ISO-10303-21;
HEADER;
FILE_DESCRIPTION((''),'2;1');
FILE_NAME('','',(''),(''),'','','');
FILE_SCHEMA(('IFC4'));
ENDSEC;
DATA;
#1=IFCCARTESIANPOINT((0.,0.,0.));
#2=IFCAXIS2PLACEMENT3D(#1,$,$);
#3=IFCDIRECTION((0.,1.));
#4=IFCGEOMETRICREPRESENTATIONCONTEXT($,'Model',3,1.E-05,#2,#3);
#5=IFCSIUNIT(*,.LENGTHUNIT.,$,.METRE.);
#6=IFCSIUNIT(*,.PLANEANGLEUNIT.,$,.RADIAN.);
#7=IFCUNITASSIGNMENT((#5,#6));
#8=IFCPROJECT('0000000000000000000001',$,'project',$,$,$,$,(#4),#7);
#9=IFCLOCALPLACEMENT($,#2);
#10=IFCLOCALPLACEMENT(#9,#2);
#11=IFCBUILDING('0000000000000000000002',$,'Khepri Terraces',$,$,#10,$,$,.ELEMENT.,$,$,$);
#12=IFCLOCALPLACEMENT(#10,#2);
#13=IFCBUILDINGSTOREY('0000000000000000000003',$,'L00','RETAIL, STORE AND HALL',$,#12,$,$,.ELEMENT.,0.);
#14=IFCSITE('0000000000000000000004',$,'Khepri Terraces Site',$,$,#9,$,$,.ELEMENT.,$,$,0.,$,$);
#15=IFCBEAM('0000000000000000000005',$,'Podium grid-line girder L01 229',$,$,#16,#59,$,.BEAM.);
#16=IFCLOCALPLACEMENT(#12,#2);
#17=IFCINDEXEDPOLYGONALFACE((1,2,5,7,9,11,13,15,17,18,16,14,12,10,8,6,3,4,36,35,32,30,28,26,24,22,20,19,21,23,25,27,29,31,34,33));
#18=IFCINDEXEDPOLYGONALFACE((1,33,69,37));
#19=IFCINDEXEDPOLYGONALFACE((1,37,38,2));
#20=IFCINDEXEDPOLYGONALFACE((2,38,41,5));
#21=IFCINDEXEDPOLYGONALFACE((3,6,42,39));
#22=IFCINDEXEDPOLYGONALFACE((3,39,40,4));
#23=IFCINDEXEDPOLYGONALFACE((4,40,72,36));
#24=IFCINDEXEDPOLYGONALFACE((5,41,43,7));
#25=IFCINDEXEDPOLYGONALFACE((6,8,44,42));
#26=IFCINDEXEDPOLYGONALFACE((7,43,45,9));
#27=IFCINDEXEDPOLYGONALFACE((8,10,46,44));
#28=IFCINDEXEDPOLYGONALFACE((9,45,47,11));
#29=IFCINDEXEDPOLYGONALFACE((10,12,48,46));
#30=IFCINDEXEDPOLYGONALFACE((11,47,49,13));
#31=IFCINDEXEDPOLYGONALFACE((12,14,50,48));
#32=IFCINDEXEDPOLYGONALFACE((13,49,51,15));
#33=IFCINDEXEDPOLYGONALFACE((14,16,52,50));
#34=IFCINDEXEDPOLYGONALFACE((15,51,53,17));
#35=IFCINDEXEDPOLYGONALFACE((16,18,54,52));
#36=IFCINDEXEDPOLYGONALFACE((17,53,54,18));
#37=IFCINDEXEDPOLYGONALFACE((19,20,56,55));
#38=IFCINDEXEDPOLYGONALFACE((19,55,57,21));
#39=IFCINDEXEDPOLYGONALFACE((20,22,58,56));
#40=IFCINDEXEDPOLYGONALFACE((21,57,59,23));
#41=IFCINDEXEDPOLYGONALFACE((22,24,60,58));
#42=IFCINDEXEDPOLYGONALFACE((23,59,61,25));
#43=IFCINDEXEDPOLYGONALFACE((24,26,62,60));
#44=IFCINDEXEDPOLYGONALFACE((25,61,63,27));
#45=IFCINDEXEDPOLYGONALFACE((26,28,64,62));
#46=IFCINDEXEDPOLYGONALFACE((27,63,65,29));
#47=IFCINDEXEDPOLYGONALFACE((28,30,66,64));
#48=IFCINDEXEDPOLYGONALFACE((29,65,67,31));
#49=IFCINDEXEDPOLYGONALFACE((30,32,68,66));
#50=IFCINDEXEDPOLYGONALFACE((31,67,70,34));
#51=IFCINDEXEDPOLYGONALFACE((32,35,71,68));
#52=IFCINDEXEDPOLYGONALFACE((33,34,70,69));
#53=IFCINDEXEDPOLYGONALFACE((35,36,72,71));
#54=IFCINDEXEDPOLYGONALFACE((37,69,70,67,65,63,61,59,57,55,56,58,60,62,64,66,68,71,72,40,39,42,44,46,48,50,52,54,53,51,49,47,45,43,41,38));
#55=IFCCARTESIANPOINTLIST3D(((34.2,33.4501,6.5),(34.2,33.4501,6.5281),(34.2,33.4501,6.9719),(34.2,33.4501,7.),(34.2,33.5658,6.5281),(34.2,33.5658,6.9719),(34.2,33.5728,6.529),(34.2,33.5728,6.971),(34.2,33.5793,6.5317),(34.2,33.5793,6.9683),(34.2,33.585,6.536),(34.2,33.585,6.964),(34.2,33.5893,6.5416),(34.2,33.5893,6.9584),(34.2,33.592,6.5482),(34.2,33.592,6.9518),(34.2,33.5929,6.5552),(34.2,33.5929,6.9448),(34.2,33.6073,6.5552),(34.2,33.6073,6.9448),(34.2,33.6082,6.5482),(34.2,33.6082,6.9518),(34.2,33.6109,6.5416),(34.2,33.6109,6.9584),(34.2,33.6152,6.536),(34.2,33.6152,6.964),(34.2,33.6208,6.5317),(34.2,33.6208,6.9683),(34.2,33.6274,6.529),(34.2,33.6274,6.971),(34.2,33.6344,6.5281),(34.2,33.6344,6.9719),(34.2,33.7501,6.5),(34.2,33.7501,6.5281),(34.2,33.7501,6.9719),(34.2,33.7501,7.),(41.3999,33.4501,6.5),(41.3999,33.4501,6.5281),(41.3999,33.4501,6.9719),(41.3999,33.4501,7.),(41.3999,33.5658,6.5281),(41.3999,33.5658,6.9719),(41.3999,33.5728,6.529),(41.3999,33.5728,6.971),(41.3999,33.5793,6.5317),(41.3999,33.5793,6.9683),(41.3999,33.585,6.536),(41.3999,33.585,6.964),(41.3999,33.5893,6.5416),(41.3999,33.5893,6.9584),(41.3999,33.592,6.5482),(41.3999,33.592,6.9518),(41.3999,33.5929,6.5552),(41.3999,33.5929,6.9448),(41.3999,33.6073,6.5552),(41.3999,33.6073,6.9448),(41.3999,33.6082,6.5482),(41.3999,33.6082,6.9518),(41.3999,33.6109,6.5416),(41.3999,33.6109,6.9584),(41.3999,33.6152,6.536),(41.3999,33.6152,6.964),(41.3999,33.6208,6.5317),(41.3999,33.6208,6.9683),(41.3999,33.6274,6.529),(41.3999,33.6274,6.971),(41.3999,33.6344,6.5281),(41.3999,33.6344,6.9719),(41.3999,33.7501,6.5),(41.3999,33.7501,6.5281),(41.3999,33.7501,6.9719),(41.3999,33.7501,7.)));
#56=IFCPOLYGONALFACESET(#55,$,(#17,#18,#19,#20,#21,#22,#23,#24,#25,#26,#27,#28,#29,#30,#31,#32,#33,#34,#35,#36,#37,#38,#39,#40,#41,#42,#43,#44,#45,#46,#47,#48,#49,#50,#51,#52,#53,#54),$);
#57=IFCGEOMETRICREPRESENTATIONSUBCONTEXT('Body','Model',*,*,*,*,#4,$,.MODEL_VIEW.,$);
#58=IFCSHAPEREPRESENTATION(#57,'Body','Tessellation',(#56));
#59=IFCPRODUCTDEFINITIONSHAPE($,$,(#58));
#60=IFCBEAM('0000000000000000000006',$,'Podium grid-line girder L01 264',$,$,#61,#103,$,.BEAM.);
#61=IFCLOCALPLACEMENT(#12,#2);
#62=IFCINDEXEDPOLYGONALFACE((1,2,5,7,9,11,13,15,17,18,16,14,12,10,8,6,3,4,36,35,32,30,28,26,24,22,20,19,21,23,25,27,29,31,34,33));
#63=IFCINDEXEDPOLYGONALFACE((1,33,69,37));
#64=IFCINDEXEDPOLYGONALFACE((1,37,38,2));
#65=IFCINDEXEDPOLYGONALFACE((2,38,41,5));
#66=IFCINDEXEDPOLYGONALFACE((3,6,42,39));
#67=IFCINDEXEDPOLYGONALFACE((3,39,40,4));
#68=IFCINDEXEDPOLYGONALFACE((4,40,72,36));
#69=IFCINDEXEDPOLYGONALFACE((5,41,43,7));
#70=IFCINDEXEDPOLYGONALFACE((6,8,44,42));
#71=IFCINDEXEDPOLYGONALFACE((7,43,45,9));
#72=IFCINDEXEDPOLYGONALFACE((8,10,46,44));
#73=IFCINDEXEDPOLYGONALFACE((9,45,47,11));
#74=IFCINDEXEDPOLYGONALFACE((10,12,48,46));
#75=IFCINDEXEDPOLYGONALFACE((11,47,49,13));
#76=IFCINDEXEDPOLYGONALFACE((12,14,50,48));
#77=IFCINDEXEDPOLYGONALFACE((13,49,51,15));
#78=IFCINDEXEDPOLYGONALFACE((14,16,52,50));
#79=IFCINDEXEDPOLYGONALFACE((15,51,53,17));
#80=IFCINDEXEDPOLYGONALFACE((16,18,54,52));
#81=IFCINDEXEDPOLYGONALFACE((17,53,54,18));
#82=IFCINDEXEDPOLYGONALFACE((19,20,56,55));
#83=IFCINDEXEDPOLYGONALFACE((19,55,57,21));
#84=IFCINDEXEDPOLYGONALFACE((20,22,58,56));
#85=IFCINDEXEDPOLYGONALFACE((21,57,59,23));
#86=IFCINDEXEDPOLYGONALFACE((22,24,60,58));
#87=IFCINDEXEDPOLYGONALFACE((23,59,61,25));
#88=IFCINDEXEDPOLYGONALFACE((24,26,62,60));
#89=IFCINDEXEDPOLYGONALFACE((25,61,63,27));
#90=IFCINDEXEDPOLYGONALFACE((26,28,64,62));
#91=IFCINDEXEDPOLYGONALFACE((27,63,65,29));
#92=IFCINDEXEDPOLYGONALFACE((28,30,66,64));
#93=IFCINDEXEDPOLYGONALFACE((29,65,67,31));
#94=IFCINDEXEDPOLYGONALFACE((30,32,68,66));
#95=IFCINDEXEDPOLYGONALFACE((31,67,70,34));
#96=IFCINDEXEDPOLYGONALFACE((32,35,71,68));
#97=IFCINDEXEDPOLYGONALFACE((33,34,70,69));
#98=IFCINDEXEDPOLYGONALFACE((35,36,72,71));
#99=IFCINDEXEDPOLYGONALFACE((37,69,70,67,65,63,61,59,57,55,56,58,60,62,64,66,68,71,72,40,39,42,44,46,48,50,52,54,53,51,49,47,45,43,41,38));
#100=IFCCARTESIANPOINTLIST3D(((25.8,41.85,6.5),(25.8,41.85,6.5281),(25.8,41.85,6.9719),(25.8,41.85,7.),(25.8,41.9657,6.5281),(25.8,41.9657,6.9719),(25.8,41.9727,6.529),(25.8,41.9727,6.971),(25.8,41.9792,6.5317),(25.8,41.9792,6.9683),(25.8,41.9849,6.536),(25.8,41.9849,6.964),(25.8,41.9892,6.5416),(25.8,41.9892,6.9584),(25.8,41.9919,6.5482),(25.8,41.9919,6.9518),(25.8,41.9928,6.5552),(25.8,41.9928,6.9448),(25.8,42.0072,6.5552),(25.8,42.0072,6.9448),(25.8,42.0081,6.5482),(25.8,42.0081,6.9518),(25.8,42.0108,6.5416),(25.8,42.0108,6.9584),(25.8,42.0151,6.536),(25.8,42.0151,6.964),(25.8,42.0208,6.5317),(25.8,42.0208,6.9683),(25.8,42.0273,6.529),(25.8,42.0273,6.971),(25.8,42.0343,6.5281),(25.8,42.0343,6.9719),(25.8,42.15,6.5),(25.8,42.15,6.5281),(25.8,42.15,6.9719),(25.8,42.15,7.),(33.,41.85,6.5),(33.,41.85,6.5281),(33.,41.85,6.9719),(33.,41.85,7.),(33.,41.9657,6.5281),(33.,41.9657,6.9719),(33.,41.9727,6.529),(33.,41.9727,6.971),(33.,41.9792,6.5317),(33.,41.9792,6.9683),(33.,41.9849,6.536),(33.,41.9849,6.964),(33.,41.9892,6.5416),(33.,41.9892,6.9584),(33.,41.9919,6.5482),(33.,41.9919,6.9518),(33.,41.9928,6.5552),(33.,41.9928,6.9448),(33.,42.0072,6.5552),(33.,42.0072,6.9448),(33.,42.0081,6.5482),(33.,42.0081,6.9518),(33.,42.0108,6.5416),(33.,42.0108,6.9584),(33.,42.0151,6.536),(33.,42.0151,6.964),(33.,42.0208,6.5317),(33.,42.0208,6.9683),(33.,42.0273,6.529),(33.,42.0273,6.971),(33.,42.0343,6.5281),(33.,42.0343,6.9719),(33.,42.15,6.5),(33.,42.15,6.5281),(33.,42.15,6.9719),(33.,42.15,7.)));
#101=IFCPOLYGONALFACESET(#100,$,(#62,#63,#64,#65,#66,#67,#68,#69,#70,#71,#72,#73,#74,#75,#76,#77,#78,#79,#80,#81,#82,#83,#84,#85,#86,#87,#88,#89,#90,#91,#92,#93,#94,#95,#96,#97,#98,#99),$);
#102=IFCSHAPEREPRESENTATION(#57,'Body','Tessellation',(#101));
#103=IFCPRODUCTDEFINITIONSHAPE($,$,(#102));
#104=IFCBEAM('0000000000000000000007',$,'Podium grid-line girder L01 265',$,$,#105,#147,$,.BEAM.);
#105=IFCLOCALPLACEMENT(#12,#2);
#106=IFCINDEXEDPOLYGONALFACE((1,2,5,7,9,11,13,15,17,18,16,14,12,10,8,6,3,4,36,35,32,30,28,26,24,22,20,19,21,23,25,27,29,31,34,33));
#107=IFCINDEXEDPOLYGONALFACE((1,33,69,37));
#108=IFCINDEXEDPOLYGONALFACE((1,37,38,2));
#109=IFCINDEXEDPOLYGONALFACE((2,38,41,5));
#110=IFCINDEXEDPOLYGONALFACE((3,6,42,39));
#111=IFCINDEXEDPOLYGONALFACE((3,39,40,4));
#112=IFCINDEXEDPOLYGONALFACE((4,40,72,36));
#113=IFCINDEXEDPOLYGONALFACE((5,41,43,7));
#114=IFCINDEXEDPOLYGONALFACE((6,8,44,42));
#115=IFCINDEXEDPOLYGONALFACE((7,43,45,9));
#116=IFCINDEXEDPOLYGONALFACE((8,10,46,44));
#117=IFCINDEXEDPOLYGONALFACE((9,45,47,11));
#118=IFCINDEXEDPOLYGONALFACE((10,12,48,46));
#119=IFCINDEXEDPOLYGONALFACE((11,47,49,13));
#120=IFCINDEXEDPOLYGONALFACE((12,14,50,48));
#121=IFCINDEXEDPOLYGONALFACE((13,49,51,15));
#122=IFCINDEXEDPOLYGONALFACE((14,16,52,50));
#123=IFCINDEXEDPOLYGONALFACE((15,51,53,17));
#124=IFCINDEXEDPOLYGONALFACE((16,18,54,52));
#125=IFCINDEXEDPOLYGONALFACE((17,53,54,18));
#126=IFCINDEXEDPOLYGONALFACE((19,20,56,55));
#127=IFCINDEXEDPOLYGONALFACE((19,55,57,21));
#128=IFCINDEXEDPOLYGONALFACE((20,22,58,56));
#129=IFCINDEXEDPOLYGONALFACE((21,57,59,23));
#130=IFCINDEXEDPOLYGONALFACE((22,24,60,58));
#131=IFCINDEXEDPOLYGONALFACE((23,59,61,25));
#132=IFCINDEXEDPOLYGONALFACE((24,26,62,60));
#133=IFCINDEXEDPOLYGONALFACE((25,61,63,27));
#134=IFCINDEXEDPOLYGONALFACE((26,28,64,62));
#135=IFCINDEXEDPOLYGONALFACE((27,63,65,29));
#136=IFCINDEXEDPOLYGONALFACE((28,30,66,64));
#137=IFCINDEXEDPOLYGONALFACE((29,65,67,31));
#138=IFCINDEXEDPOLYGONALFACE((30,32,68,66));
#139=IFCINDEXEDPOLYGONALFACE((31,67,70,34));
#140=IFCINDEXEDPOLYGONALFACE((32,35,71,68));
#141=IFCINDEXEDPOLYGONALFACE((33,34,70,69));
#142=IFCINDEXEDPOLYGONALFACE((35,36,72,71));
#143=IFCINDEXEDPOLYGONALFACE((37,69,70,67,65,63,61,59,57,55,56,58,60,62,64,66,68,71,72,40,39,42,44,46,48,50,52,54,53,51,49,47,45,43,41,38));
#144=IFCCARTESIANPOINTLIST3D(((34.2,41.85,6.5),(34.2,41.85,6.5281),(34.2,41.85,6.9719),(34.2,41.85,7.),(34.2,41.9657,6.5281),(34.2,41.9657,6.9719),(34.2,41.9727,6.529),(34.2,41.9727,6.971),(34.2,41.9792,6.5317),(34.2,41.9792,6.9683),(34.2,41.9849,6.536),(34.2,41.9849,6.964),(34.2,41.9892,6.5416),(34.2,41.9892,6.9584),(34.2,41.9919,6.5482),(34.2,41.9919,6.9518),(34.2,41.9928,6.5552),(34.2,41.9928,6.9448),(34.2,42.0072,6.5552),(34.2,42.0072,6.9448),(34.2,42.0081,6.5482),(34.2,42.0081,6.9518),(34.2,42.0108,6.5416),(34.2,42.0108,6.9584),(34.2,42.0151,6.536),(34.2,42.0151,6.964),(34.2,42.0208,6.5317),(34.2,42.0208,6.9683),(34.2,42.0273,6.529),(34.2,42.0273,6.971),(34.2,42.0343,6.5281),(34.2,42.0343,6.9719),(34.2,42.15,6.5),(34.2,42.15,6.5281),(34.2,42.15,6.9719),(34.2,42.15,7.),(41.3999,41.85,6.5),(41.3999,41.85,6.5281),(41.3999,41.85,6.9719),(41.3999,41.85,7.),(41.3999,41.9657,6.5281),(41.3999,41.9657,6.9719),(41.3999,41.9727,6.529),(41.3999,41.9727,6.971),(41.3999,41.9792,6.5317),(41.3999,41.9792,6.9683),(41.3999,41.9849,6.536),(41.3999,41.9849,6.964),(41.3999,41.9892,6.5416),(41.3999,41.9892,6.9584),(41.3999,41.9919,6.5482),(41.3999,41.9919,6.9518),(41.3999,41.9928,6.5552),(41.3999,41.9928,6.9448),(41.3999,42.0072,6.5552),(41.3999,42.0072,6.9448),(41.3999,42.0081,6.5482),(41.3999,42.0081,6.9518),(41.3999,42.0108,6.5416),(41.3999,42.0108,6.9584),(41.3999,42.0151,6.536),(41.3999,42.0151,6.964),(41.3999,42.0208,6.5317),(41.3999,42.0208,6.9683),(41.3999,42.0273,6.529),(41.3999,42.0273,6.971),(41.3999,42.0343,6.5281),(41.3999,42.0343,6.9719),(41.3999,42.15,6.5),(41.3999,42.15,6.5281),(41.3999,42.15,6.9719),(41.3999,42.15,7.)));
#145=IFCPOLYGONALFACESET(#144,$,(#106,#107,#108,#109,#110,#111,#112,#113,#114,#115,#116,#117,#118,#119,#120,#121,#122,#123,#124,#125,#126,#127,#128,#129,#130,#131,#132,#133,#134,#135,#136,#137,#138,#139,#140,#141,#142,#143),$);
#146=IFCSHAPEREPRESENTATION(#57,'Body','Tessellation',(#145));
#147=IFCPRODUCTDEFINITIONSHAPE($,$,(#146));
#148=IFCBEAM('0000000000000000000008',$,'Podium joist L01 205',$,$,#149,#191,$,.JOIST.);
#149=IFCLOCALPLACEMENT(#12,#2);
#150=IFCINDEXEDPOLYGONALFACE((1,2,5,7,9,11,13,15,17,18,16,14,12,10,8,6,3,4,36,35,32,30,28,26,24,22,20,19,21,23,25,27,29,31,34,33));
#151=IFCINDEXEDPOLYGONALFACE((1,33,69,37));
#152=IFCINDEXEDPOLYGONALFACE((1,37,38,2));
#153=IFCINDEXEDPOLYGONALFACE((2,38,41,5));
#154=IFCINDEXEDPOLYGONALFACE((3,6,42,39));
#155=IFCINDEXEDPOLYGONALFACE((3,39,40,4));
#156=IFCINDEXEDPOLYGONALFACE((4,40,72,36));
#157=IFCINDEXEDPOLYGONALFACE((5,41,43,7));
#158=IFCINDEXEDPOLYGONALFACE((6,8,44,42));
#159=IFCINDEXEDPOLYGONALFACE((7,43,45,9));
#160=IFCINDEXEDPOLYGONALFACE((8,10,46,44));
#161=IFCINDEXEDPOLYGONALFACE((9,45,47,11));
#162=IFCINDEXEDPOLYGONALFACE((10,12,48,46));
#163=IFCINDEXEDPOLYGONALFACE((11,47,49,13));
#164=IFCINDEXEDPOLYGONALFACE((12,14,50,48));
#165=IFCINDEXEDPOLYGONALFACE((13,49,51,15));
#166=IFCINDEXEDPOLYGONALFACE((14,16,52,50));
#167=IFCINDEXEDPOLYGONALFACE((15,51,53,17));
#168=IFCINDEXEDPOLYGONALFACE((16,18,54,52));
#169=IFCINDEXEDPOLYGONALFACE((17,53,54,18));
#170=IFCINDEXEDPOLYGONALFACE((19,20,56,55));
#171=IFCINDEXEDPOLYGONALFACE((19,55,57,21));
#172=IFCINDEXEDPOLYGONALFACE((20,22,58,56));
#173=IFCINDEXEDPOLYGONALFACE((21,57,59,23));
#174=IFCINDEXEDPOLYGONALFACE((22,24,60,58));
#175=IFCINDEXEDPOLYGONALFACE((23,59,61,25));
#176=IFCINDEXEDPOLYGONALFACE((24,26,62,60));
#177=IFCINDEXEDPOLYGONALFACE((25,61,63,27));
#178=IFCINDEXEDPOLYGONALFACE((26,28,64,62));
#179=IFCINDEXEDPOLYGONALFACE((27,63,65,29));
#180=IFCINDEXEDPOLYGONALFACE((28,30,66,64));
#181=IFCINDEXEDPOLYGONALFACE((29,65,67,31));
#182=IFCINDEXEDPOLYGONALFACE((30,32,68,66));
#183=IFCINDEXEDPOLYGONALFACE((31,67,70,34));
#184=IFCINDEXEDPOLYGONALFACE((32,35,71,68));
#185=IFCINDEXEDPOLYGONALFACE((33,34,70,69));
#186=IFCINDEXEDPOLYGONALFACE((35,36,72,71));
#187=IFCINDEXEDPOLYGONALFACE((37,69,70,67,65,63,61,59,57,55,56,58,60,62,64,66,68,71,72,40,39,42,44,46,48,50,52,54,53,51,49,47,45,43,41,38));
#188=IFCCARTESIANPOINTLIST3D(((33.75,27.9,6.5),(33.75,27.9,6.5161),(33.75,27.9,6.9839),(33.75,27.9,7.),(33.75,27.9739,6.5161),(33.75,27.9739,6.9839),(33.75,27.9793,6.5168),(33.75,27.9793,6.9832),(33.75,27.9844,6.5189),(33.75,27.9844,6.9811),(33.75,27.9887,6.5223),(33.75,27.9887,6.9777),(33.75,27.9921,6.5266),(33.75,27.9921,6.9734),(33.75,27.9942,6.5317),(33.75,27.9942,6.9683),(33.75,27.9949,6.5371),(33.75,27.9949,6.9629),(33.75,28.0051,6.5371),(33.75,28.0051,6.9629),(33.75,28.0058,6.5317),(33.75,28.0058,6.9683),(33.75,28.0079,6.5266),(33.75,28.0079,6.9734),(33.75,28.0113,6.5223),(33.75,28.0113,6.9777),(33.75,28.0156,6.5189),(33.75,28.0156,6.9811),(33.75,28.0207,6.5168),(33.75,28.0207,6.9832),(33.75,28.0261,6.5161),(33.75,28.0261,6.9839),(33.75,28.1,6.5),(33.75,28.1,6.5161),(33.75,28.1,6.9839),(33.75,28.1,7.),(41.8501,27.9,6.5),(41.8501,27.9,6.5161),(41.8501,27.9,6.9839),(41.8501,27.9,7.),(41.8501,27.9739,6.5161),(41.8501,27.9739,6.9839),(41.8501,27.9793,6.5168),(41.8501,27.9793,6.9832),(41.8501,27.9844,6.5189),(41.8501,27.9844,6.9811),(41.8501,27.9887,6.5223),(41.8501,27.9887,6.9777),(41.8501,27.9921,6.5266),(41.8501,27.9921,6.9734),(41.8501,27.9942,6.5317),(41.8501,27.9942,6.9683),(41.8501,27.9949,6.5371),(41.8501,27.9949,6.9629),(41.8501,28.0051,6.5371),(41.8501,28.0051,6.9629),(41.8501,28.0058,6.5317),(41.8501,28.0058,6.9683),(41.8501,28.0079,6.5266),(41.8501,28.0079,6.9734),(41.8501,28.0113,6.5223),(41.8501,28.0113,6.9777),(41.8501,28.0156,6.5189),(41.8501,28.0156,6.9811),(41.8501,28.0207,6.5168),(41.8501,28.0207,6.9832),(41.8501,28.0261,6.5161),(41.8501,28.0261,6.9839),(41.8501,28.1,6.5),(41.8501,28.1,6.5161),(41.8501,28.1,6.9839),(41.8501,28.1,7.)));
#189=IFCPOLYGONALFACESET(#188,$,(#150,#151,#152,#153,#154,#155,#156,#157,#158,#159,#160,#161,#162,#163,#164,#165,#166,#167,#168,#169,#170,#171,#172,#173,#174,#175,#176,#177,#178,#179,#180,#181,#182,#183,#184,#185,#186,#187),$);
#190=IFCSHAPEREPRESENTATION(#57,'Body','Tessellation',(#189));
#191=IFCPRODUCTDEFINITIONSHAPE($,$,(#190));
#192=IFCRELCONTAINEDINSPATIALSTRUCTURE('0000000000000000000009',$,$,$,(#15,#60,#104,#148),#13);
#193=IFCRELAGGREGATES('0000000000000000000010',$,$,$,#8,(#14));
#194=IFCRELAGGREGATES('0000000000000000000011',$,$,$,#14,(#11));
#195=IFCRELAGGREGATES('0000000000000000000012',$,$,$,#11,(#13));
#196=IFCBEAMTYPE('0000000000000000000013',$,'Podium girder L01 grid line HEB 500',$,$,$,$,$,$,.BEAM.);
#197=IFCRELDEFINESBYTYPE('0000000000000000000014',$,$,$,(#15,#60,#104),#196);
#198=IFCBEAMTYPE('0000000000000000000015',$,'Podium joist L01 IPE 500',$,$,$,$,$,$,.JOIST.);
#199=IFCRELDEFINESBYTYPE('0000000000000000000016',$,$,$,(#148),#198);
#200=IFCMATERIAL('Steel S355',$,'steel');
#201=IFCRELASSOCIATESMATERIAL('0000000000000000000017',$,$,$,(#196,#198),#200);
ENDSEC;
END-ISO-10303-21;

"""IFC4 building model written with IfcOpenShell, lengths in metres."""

from ifc_helpers import new_model, si_unit, direction, frame, origin, origin_2d, place, context, subcontext, project, spatial, i_section, extrude, material, material_profile, profile_set, type_object, element, save


model = new_model("IFC4")

# Units and contexts
model_context = context("Model", 3, precision=1e-05, world=origin(), true_north=direction((0.0, 1.0)))
body_context = subcontext(model_context, "Body", "Model", "MODEL_VIEW")
ifc_project = project(units=[si_unit("LENGTHUNIT", "METRE"), si_unit("PLANEANGLEUNIT", "RADIAN")], contexts=[model_context])

# Site, building, storey
site_placement = place(None, origin())
site = spatial("IfcSite", under=ifc_project, at=site_placement, Name="Khepri Terraces Site", CompositionType="ELEMENT", RefElevation=0.0)
building_placement = place(site_placement, origin())
building = spatial("IfcBuilding", under=site, at=building_placement, Name="Khepri Terraces", CompositionType="ELEMENT")
storey_placement = place(building_placement, origin())
storey = spatial("IfcBuildingStorey", under=building, at=storey_placement, Name="L00", Description="RETAIL, STORE AND HALL", CompositionType="ELEMENT", Elevation=0.0)

# Beams
ifc_material_1 = material(Name="Steel S355", Category="steel")
ifc_material_profile_1 = material_profile(ifc_material_1, i_section(OverallWidth=0.3, OverallDepth=0.5, WebThickness=0.0144, FlangeThickness=0.0281, FilletRadius=0.0271, at=origin_2d()), Name="Steel S355", Category="steel")
ifc_profile_set_1 = profile_set([ifc_material_profile_1], Name="Steel S355")
beam_type_1 = type_object("IfcBeamType", Name="Podium girder L01 grid line HEB 500", PredefinedType="BEAM", material=ifc_profile_set_1)
for number, where, z_axis, x_axis, name in (
    (1, (34.2, 33.6001, 6.75), (1.0, 0.0, 0.0), (0.0, 1.0, 0.0), "Podium grid-line girder L01 229"),
    (2, (25.8, 42.0, 6.75), (1.0, 0.0, 0.0), (0.0, 1.0, 0.0), "Podium grid-line girder L01 264"),
    (3, (34.2, 42.0, 6.75), (1.0, 0.0, 0.0), (0.0, 1.0, 0.0), "Podium grid-line girder L01 265"),
):
    element("IfcBeam", number, at=place(storey_placement, frame(where, z_axis=z_axis, x_axis=x_axis)), inside=storey, type_object=beam_type_1, Name=name, PredefinedType="BEAM", context=body_context, shape_type="SweptSolid", body=[
        extrude(i_section(OverallWidth=0.3, OverallDepth=0.5, WebThickness=0.0144, FlangeThickness=0.0281, FilletRadius=0.0271, at=origin_2d()), origin(), (0.0, 0.0, 1.0), 7.2),
    ])
ifc_material_profile_2 = material_profile(ifc_material_1, i_section(OverallWidth=0.2, OverallDepth=0.5, WebThickness=0.0103, FlangeThickness=0.0161, FilletRadius=0.021, at=origin_2d()), Name="Steel S355", Category="steel")
ifc_profile_set_2 = profile_set([ifc_material_profile_2], Name="Steel S355")
beam_type_2 = type_object("IfcBeamType", Name="Podium joist L01 IPE 500", PredefinedType="JOIST", material=ifc_profile_set_2)
for number, where, z_axis, x_axis, name in (
    (4, (33.75, 28.0, 6.75), (1.0, 0.0, 0.0), (0.0, 1.0, 0.0), "Podium joist L01 205"),
):
    element("IfcBeam", number, at=place(storey_placement, frame(where, z_axis=z_axis, x_axis=x_axis)), inside=storey, type_object=beam_type_2, Name=name, PredefinedType="JOIST", context=body_context, shape_type="SweptSolid", body=[
        extrude(i_section(OverallWidth=0.2, OverallDepth=0.5, WebThickness=0.0103, FlangeThickness=0.0161, FilletRadius=0.021, at=origin_2d()), origin(), (0.0, 0.0, 1.0), 8.1001),
    ])

save(model, "model.ifc")
